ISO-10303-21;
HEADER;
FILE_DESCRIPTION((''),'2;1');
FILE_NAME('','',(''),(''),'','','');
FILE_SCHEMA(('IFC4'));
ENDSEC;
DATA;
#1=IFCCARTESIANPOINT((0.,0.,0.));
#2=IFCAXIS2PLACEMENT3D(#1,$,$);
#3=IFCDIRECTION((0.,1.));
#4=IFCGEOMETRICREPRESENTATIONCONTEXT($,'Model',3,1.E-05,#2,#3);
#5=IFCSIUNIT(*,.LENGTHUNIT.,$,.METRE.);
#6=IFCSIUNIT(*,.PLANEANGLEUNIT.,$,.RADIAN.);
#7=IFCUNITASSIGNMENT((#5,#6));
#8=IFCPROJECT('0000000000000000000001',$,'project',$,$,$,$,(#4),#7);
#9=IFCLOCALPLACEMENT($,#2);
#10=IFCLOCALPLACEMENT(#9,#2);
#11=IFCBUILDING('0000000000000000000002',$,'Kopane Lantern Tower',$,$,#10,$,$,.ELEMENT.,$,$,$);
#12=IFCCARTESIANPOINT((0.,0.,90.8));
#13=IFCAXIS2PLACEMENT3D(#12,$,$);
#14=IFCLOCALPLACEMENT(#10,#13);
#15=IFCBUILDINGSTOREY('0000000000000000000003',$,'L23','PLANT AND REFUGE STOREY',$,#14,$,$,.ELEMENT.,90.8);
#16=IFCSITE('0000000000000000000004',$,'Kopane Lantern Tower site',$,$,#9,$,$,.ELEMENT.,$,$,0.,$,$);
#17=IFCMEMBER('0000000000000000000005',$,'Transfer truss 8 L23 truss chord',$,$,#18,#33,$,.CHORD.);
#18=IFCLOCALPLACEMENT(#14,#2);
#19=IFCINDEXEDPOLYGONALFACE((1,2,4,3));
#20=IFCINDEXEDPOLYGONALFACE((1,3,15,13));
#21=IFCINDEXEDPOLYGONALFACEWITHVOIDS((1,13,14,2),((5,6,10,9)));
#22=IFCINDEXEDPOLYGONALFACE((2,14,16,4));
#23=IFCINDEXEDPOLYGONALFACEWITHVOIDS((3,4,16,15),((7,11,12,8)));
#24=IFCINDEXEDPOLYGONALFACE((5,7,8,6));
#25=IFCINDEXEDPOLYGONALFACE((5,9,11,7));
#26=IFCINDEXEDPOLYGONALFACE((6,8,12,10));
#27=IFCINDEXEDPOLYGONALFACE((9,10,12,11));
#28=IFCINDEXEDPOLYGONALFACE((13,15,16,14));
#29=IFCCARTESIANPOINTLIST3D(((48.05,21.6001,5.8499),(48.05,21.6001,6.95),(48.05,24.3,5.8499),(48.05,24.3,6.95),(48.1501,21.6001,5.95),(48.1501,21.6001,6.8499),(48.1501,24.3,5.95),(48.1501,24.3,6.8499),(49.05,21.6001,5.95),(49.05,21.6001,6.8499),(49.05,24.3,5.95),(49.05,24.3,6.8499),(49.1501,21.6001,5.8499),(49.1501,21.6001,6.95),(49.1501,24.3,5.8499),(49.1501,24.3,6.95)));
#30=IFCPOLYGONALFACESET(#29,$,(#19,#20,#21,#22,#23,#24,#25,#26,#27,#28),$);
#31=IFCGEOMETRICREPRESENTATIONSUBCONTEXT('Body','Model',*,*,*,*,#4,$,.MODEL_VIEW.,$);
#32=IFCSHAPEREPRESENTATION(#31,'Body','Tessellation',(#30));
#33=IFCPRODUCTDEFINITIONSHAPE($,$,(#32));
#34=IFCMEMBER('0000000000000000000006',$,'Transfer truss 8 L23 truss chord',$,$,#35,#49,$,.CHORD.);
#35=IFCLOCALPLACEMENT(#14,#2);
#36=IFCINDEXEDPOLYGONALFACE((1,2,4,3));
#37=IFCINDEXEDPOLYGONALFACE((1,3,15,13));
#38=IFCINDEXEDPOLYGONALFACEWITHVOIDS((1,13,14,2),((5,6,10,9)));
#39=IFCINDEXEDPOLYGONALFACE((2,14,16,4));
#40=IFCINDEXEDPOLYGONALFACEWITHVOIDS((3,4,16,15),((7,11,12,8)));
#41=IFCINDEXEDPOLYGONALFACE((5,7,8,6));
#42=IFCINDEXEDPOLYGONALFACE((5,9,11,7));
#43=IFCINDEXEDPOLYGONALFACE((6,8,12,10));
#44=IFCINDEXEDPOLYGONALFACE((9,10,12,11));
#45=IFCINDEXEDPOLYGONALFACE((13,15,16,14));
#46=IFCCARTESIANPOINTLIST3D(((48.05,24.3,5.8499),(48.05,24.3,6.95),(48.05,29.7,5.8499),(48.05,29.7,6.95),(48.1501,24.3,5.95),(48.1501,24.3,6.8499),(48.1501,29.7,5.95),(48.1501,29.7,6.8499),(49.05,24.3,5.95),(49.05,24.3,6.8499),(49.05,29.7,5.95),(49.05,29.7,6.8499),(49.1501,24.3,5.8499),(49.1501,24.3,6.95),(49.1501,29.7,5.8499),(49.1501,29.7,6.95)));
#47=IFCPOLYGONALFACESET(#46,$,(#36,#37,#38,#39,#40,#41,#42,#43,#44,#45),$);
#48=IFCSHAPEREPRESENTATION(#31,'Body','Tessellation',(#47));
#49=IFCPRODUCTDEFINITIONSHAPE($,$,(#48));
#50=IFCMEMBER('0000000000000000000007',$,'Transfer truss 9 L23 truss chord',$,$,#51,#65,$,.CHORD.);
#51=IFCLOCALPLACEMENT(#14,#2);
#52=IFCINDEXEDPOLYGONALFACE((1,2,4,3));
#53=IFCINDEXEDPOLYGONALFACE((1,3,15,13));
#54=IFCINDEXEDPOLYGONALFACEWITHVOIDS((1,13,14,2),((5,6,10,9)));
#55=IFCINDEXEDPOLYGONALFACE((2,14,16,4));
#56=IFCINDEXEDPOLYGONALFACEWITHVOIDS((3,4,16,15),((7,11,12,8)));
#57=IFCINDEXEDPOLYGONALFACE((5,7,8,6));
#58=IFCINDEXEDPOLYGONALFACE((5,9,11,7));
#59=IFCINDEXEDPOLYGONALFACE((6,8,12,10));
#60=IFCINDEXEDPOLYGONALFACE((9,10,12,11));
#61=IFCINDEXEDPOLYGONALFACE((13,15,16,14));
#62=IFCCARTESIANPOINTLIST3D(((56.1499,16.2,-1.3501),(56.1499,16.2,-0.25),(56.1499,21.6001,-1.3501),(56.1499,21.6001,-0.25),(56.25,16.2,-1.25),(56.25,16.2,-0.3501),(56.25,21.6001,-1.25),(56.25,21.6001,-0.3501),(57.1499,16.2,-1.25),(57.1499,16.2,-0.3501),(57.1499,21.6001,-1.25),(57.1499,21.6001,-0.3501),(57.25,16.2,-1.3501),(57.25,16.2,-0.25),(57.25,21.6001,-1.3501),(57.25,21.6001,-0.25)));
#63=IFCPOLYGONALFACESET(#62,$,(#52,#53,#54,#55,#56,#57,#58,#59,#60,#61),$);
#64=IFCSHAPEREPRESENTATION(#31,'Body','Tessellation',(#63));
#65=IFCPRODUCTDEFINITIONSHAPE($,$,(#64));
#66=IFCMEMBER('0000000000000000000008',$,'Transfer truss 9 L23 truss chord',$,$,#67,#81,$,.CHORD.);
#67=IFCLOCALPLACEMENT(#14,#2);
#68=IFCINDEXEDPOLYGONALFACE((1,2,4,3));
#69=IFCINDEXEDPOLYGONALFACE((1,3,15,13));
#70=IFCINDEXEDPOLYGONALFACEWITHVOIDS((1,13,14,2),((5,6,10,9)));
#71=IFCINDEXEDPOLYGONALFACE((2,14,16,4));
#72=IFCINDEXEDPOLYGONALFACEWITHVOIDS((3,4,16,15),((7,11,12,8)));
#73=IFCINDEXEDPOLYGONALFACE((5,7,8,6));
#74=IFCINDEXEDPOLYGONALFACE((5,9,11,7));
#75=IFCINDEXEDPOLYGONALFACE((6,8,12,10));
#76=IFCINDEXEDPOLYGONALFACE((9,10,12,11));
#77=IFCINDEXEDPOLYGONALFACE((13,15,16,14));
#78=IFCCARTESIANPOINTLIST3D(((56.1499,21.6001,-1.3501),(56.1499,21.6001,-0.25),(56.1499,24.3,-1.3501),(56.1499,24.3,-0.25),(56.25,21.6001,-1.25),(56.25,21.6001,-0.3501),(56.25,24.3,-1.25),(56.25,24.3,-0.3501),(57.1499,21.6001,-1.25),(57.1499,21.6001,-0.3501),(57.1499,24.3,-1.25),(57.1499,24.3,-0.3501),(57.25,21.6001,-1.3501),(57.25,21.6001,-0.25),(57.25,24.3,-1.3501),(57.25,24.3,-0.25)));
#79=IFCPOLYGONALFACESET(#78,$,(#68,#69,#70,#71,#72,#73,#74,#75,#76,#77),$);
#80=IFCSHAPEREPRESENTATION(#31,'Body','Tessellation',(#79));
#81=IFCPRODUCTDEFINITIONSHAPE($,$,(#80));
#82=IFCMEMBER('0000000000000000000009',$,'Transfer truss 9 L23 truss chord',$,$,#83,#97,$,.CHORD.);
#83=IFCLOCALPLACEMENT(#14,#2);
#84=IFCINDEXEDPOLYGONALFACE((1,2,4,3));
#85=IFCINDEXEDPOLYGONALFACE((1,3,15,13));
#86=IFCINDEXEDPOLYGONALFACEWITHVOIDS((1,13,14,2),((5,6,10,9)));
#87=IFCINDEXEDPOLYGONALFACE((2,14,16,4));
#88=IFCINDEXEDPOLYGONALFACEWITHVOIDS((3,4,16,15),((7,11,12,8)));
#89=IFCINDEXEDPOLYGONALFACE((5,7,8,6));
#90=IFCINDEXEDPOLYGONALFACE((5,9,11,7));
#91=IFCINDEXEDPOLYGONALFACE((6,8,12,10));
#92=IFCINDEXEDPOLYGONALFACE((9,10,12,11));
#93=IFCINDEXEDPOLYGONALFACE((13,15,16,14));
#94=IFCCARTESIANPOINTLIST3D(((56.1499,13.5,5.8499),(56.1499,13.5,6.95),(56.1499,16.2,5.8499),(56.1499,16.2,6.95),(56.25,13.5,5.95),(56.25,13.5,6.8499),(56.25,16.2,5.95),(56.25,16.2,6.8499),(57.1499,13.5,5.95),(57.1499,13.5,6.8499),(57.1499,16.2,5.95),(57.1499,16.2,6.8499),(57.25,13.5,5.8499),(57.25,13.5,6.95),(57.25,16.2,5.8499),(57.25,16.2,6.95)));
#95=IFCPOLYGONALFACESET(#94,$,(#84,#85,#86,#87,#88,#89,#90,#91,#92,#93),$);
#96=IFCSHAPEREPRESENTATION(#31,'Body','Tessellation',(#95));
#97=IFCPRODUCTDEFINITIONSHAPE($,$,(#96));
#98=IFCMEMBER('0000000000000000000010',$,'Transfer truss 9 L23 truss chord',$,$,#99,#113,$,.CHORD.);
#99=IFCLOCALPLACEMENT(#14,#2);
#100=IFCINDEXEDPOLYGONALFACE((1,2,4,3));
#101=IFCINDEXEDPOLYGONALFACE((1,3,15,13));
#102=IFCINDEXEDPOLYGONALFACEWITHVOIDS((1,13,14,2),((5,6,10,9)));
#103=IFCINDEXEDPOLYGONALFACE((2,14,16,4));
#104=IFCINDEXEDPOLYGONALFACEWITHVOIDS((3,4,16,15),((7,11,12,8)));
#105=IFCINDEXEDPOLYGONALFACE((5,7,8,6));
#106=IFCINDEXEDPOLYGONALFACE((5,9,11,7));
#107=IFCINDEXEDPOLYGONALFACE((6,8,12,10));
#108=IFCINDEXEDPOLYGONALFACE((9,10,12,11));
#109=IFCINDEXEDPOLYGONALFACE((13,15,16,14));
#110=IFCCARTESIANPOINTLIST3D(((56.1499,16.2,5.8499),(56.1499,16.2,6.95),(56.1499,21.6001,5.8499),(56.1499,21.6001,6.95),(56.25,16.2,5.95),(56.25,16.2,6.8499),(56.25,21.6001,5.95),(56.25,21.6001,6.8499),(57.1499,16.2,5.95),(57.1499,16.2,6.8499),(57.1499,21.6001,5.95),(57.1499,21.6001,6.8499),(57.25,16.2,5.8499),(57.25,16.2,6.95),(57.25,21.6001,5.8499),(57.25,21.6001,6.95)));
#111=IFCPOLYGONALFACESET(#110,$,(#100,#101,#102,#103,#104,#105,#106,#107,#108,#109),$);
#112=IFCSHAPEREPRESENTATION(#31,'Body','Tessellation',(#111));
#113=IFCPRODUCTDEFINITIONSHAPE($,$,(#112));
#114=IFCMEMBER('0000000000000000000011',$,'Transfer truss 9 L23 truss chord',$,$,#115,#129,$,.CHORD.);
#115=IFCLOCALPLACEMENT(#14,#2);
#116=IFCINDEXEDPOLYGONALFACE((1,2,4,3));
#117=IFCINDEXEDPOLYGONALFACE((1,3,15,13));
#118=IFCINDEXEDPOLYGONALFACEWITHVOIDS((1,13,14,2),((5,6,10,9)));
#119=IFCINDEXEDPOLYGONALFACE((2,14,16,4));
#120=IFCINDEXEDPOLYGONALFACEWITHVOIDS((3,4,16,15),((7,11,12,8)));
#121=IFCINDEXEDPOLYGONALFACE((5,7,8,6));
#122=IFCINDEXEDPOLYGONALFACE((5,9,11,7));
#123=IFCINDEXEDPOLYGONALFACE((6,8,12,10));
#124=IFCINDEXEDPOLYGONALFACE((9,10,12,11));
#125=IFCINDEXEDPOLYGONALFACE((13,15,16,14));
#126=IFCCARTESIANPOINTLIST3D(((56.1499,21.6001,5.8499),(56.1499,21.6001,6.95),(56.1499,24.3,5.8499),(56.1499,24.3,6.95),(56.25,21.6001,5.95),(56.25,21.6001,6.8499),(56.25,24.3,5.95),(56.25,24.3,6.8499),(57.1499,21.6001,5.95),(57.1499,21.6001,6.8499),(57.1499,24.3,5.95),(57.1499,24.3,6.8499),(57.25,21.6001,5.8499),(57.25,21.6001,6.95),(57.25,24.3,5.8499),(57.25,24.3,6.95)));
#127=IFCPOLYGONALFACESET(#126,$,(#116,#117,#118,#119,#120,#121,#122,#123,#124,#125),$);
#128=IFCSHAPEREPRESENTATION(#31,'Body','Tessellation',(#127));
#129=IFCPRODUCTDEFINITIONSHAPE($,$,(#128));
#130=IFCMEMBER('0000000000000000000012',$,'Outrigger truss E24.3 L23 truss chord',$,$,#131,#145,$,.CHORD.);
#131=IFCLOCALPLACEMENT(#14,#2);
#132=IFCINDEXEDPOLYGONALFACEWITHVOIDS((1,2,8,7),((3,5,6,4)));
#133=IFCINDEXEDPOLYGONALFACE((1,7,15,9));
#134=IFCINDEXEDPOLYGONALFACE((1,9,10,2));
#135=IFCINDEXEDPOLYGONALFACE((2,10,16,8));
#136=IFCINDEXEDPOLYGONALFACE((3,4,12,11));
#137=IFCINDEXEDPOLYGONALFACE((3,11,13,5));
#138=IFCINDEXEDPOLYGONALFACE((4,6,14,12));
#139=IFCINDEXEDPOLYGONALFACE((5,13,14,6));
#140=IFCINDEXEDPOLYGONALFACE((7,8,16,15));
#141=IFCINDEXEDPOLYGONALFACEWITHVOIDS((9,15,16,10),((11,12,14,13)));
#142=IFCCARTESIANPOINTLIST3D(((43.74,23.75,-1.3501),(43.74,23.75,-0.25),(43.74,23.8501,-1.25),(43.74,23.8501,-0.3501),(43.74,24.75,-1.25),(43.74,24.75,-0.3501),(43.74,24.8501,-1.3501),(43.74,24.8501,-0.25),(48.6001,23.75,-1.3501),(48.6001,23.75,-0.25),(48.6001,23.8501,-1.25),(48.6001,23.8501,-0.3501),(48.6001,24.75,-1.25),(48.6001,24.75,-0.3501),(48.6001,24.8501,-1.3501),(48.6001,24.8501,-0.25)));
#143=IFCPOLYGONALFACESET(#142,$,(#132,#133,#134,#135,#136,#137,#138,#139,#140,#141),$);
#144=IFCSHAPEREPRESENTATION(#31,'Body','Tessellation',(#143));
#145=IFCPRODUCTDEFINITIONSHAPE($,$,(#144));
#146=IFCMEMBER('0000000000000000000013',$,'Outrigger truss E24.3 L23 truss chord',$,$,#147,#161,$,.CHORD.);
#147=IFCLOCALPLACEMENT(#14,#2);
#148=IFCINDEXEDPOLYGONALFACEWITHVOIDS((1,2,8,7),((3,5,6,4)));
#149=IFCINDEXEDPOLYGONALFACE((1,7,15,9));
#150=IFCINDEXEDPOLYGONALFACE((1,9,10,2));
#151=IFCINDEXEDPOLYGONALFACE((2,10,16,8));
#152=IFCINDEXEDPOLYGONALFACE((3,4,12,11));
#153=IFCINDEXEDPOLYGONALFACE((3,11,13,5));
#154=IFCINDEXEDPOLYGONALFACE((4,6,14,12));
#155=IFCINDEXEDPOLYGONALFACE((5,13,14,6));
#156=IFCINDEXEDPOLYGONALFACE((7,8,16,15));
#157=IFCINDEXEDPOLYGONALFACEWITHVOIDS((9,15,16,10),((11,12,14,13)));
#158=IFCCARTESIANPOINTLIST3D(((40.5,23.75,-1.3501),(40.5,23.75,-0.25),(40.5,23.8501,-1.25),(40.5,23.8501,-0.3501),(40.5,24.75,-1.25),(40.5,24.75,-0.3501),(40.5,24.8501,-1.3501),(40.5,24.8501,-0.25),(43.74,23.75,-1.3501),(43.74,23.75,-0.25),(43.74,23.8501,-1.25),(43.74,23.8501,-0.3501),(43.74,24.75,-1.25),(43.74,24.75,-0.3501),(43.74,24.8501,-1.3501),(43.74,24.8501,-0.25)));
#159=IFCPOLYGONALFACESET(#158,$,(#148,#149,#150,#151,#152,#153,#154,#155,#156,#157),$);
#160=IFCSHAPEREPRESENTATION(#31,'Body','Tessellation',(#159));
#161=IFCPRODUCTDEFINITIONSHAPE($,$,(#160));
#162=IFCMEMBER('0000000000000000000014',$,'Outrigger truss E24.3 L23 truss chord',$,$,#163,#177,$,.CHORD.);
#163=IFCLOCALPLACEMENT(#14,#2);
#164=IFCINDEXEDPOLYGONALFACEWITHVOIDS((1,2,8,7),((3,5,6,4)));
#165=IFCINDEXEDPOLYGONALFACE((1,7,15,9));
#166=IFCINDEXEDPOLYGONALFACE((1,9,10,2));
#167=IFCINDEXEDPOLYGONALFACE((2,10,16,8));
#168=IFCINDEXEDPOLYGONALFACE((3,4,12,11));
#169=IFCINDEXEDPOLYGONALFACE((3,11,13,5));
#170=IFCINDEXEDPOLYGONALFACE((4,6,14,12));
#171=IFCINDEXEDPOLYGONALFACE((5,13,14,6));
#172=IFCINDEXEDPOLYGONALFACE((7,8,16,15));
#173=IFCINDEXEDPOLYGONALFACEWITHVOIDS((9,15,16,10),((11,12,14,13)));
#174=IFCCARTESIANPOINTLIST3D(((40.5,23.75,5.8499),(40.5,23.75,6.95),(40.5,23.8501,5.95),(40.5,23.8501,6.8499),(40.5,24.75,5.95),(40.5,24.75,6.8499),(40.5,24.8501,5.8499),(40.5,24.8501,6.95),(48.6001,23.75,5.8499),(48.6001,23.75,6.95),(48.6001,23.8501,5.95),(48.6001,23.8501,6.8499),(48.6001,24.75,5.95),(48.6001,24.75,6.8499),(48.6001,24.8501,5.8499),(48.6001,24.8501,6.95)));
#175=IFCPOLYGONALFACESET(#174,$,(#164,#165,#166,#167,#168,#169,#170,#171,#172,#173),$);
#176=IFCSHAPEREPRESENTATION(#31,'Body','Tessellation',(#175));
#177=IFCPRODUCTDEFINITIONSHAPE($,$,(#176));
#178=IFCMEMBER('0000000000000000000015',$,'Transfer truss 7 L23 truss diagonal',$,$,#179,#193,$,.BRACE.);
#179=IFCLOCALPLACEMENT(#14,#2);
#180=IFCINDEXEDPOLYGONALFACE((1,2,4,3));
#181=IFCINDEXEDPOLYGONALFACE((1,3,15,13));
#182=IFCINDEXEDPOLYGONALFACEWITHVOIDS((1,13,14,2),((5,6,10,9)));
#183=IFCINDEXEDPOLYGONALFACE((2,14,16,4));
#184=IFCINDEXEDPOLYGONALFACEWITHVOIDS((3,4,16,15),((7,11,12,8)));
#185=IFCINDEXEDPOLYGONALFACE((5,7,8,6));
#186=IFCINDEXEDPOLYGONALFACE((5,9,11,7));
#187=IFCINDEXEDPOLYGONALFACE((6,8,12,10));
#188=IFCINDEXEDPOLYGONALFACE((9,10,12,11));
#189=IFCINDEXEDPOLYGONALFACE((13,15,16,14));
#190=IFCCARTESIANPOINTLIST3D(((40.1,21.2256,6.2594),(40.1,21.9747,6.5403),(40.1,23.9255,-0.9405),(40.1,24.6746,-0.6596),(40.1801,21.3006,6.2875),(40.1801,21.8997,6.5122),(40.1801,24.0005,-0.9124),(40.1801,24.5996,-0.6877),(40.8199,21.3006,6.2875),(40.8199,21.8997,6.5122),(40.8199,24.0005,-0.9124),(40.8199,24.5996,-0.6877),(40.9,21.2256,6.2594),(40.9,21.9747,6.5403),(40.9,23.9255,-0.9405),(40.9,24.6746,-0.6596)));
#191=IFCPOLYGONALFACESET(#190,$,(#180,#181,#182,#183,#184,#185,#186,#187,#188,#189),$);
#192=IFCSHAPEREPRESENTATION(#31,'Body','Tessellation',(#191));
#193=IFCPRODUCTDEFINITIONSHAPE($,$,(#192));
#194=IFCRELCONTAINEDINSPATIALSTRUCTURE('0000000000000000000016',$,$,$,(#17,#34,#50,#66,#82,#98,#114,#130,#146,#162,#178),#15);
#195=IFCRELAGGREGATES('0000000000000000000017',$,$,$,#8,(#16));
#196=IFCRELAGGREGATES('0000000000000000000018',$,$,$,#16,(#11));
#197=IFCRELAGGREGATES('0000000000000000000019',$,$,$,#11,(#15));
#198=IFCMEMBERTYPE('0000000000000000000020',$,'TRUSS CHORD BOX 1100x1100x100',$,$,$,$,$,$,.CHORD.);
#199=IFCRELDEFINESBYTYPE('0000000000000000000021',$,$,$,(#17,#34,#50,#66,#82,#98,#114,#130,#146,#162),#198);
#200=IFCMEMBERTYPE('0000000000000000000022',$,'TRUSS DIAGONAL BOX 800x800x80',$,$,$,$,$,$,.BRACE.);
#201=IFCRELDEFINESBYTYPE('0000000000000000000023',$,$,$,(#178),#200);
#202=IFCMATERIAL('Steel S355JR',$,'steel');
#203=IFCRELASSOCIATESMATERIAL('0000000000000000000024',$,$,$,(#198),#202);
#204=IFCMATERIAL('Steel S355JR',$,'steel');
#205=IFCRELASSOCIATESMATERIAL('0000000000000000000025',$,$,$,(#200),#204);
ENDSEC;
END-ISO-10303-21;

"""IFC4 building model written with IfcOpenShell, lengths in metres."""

from ifc_helpers import new_model, si_unit, direction, frame, origin, origin_2d, place, context, subcontext, project, spatial, hollow_rectangle, extrude, material, material_profile, profile_set, type_object, element, save


model = new_model("IFC4")

# Units and contexts
model_context = context("Model", 3, precision=1e-05, world=origin(), true_north=direction((0.0, 1.0)))
body_context = subcontext(model_context, "Body", "Model", "MODEL_VIEW")
ifc_project = project(units=[si_unit("LENGTHUNIT", "METRE"), si_unit("PLANEANGLEUNIT", "RADIAN")], contexts=[model_context])

# Site, building, storey
site_placement = place(None, origin())
site = spatial("IfcSite", under=ifc_project, at=site_placement, Name="Kopane Lantern Tower site", CompositionType="ELEMENT", RefElevation=0.0)
building_placement = place(site_placement, origin())
building = spatial("IfcBuilding", under=site, at=building_placement, Name="Kopane Lantern Tower", CompositionType="ELEMENT")
storey_placement = place(building_placement, frame((0.0, 0.0, 90.8)))
storey = spatial("IfcBuildingStorey", under=building, at=storey_placement, Name="L23", Description="PLANT AND REFUGE STOREY", CompositionType="ELEMENT", Elevation=90.8)

# Members
ifc_material_1 = material(Name="Steel S355JR", Category="steel")
ifc_material_profile_1 = material_profile(ifc_material_1, hollow_rectangle(XDim=1.1001, YDim=1.1001, WallThickness=0.1001, at=origin_2d()), Name="BOX 1100x1100x100")
ifc_profile_set_1 = profile_set([ifc_material_profile_1], Name="Steel S355JR")
member_type_1 = type_object("IfcMemberType", Name="TRUSS CHORD BOX 1100x1100x100", PredefinedType="CHORD", material=ifc_profile_set_1)
member_1_placement = place(storey_placement, frame((48.6001, 21.6001, 6.3999), z_axis=(0.0, 1.0, 0.0), x_axis=(-1.0, 0.0, 0.0)))
element("IfcMember", 1, at=member_1_placement, inside=storey, type_object=member_type_1, Name="Transfer truss 8 L23 truss chord", PredefinedType="CHORD", context=body_context, shape_type="SweptSolid", body=[
    extrude(hollow_rectangle(XDim=1.1001, YDim=1.1001, WallThickness=0.1001, at=origin_2d()), origin(), (0.0, 0.0, 1.0), 2.7),
])
member_2_placement = place(storey_placement, frame((48.6001, 24.3, 6.3999), z_axis=(0.0, 1.0, 0.0), x_axis=(-1.0, 0.0, 0.0)))
element("IfcMember", 2, at=member_2_placement, inside=storey, type_object=member_type_1, Name="Transfer truss 8 L23 truss chord", PredefinedType="CHORD", context=body_context, shape_type="SweptSolid", body=[
    extrude(hollow_rectangle(XDim=1.1001, YDim=1.1001, WallThickness=0.1001, at=origin_2d()), origin(), (0.0, 0.0, 1.0), 5.3999),
])
member_3_placement = place(storey_placement, frame((56.7, 16.2, -0.8), z_axis=(0.0, 1.0, 0.0), x_axis=(-1.0, 0.0, 0.0)))
element("IfcMember", 3, at=member_3_placement, inside=storey, type_object=member_type_1, Name="Transfer truss 9 L23 truss chord", PredefinedType="CHORD", context=body_context, shape_type="SweptSolid", body=[
    extrude(hollow_rectangle(XDim=1.1001, YDim=1.1001, WallThickness=0.1001, at=origin_2d()), origin(), (0.0, 0.0, 1.0), 5.4001),
])
for number, where, z_axis, x_axis, name in (
    (4, (56.7, 21.6001, -0.8), (0.0, 1.0, 0.0), (-1.0, 0.0, 0.0), "Transfer truss 9 L23 truss chord"),
    (5, (56.7, 13.5, 6.3999), (0.0, 1.0, 0.0), (-1.0, 0.0, 0.0), "Transfer truss 9 L23 truss chord"),
):
    element("IfcMember", number, at=place(storey_placement, frame(where, z_axis=z_axis, x_axis=x_axis)), inside=storey, type_object=member_type_1, Name=name, PredefinedType="CHORD", context=body_context, shape_type="SweptSolid", body=[
        extrude(hollow_rectangle(XDim=1.1001, YDim=1.1001, WallThickness=0.1001, at=origin_2d()), origin(), (0.0, 0.0, 1.0), 2.7),
    ])
member_4_placement = place(storey_placement, frame((56.7, 16.2, 6.3999), z_axis=(0.0, 1.0, 0.0), x_axis=(-1.0, 0.0, 0.0)))
element("IfcMember", 6, at=member_4_placement, inside=storey, type_object=member_type_1, Name="Transfer truss 9 L23 truss chord", PredefinedType="CHORD", context=body_context, shape_type="SweptSolid", body=[
    extrude(hollow_rectangle(XDim=1.1001, YDim=1.1001, WallThickness=0.1001, at=origin_2d()), origin(), (0.0, 0.0, 1.0), 5.4001),
])
member_5_placement = place(storey_placement, frame((56.7, 21.6001, 6.3999), z_axis=(0.0, 1.0, 0.0), x_axis=(-1.0, 0.0, 0.0)))
element("IfcMember", 7, at=member_5_placement, inside=storey, type_object=member_type_1, Name="Transfer truss 9 L23 truss chord", PredefinedType="CHORD", context=body_context, shape_type="SweptSolid", body=[
    extrude(hollow_rectangle(XDim=1.1001, YDim=1.1001, WallThickness=0.1001, at=origin_2d()), origin(), (0.0, 0.0, 1.0), 2.7),
])
member_6_placement = place(storey_placement, frame((48.6001, 24.3, -0.8), z_axis=(-1.0, 0.0, 0.0), x_axis=(0.0, -1.0, 0.0)))
element("IfcMember", 8, at=member_6_placement, inside=storey, type_object=member_type_1, Name="Outrigger truss E24.3 L23 truss chord", PredefinedType="CHORD", context=body_context, shape_type="SweptSolid", body=[
    extrude(hollow_rectangle(XDim=1.1001, YDim=1.1001, WallThickness=0.1001, at=origin_2d()), origin(), (0.0, 0.0, 1.0), 4.8601),
])
member_7_placement = place(storey_placement, frame((43.74, 24.3, -0.8), z_axis=(-1.0, 0.0, 0.0), x_axis=(0.0, -1.0, 0.0)))
element("IfcMember", 9, at=member_7_placement, inside=storey, type_object=member_type_1, Name="Outrigger truss E24.3 L23 truss chord", PredefinedType="CHORD", context=body_context, shape_type="SweptSolid", body=[
    extrude(hollow_rectangle(XDim=1.1001, YDim=1.1001, WallThickness=0.1001, at=origin_2d()), origin(), (0.0, 0.0, 1.0), 3.24),
])
member_8_placement = place(storey_placement, frame((48.6001, 24.3, 6.3999), z_axis=(-1.0, 0.0, 0.0), x_axis=(0.0, -1.0, 0.0)))
element("IfcMember", 10, at=member_8_placement, inside=storey, type_object=member_type_1, Name="Outrigger truss E24.3 L23 truss chord", PredefinedType="CHORD", context=body_context, shape_type="SweptSolid", body=[
    extrude(hollow_rectangle(XDim=1.1001, YDim=1.1001, WallThickness=0.1001, at=origin_2d()), origin(), (0.0, 0.0, 1.0), 8.1001),
])
ifc_material_2 = material(Name="Steel S355JR", Category="steel")
ifc_material_profile_2 = material_profile(ifc_material_2, hollow_rectangle(XDim=0.8, YDim=0.8, WallThickness=0.0801, at=origin_2d()), Name="BOX 800x800x80")
ifc_profile_set_2 = profile_set([ifc_material_profile_2], Name="Steel S355JR")
member_type_2 = type_object("IfcMemberType", Name="TRUSS DIAGONAL BOX 800x800x80", PredefinedType="BRACE", material=ifc_profile_set_2)
for number, where, z_axis, x_axis, name in (
    (11, (40.5, 24.3, -0.8), (0.0, -0.35112, 0.93633), (1.0, 0.0, 0.0), "Transfer truss 7 L23 truss diagonal"),
):
    element("IfcMember", number, at=place(storey_placement, frame(where, z_axis=z_axis, x_axis=x_axis)), inside=storey, type_object=member_type_2, Name=name, PredefinedType="BRACE", context=body_context, shape_type="SweptSolid", body=[
        extrude(hollow_rectangle(XDim=0.8, YDim=0.8, WallThickness=0.0801, at=origin_2d()), origin(), (0.0, 0.0, 1.0), 7.6895),
    ])

save(model, "model.ifc")
